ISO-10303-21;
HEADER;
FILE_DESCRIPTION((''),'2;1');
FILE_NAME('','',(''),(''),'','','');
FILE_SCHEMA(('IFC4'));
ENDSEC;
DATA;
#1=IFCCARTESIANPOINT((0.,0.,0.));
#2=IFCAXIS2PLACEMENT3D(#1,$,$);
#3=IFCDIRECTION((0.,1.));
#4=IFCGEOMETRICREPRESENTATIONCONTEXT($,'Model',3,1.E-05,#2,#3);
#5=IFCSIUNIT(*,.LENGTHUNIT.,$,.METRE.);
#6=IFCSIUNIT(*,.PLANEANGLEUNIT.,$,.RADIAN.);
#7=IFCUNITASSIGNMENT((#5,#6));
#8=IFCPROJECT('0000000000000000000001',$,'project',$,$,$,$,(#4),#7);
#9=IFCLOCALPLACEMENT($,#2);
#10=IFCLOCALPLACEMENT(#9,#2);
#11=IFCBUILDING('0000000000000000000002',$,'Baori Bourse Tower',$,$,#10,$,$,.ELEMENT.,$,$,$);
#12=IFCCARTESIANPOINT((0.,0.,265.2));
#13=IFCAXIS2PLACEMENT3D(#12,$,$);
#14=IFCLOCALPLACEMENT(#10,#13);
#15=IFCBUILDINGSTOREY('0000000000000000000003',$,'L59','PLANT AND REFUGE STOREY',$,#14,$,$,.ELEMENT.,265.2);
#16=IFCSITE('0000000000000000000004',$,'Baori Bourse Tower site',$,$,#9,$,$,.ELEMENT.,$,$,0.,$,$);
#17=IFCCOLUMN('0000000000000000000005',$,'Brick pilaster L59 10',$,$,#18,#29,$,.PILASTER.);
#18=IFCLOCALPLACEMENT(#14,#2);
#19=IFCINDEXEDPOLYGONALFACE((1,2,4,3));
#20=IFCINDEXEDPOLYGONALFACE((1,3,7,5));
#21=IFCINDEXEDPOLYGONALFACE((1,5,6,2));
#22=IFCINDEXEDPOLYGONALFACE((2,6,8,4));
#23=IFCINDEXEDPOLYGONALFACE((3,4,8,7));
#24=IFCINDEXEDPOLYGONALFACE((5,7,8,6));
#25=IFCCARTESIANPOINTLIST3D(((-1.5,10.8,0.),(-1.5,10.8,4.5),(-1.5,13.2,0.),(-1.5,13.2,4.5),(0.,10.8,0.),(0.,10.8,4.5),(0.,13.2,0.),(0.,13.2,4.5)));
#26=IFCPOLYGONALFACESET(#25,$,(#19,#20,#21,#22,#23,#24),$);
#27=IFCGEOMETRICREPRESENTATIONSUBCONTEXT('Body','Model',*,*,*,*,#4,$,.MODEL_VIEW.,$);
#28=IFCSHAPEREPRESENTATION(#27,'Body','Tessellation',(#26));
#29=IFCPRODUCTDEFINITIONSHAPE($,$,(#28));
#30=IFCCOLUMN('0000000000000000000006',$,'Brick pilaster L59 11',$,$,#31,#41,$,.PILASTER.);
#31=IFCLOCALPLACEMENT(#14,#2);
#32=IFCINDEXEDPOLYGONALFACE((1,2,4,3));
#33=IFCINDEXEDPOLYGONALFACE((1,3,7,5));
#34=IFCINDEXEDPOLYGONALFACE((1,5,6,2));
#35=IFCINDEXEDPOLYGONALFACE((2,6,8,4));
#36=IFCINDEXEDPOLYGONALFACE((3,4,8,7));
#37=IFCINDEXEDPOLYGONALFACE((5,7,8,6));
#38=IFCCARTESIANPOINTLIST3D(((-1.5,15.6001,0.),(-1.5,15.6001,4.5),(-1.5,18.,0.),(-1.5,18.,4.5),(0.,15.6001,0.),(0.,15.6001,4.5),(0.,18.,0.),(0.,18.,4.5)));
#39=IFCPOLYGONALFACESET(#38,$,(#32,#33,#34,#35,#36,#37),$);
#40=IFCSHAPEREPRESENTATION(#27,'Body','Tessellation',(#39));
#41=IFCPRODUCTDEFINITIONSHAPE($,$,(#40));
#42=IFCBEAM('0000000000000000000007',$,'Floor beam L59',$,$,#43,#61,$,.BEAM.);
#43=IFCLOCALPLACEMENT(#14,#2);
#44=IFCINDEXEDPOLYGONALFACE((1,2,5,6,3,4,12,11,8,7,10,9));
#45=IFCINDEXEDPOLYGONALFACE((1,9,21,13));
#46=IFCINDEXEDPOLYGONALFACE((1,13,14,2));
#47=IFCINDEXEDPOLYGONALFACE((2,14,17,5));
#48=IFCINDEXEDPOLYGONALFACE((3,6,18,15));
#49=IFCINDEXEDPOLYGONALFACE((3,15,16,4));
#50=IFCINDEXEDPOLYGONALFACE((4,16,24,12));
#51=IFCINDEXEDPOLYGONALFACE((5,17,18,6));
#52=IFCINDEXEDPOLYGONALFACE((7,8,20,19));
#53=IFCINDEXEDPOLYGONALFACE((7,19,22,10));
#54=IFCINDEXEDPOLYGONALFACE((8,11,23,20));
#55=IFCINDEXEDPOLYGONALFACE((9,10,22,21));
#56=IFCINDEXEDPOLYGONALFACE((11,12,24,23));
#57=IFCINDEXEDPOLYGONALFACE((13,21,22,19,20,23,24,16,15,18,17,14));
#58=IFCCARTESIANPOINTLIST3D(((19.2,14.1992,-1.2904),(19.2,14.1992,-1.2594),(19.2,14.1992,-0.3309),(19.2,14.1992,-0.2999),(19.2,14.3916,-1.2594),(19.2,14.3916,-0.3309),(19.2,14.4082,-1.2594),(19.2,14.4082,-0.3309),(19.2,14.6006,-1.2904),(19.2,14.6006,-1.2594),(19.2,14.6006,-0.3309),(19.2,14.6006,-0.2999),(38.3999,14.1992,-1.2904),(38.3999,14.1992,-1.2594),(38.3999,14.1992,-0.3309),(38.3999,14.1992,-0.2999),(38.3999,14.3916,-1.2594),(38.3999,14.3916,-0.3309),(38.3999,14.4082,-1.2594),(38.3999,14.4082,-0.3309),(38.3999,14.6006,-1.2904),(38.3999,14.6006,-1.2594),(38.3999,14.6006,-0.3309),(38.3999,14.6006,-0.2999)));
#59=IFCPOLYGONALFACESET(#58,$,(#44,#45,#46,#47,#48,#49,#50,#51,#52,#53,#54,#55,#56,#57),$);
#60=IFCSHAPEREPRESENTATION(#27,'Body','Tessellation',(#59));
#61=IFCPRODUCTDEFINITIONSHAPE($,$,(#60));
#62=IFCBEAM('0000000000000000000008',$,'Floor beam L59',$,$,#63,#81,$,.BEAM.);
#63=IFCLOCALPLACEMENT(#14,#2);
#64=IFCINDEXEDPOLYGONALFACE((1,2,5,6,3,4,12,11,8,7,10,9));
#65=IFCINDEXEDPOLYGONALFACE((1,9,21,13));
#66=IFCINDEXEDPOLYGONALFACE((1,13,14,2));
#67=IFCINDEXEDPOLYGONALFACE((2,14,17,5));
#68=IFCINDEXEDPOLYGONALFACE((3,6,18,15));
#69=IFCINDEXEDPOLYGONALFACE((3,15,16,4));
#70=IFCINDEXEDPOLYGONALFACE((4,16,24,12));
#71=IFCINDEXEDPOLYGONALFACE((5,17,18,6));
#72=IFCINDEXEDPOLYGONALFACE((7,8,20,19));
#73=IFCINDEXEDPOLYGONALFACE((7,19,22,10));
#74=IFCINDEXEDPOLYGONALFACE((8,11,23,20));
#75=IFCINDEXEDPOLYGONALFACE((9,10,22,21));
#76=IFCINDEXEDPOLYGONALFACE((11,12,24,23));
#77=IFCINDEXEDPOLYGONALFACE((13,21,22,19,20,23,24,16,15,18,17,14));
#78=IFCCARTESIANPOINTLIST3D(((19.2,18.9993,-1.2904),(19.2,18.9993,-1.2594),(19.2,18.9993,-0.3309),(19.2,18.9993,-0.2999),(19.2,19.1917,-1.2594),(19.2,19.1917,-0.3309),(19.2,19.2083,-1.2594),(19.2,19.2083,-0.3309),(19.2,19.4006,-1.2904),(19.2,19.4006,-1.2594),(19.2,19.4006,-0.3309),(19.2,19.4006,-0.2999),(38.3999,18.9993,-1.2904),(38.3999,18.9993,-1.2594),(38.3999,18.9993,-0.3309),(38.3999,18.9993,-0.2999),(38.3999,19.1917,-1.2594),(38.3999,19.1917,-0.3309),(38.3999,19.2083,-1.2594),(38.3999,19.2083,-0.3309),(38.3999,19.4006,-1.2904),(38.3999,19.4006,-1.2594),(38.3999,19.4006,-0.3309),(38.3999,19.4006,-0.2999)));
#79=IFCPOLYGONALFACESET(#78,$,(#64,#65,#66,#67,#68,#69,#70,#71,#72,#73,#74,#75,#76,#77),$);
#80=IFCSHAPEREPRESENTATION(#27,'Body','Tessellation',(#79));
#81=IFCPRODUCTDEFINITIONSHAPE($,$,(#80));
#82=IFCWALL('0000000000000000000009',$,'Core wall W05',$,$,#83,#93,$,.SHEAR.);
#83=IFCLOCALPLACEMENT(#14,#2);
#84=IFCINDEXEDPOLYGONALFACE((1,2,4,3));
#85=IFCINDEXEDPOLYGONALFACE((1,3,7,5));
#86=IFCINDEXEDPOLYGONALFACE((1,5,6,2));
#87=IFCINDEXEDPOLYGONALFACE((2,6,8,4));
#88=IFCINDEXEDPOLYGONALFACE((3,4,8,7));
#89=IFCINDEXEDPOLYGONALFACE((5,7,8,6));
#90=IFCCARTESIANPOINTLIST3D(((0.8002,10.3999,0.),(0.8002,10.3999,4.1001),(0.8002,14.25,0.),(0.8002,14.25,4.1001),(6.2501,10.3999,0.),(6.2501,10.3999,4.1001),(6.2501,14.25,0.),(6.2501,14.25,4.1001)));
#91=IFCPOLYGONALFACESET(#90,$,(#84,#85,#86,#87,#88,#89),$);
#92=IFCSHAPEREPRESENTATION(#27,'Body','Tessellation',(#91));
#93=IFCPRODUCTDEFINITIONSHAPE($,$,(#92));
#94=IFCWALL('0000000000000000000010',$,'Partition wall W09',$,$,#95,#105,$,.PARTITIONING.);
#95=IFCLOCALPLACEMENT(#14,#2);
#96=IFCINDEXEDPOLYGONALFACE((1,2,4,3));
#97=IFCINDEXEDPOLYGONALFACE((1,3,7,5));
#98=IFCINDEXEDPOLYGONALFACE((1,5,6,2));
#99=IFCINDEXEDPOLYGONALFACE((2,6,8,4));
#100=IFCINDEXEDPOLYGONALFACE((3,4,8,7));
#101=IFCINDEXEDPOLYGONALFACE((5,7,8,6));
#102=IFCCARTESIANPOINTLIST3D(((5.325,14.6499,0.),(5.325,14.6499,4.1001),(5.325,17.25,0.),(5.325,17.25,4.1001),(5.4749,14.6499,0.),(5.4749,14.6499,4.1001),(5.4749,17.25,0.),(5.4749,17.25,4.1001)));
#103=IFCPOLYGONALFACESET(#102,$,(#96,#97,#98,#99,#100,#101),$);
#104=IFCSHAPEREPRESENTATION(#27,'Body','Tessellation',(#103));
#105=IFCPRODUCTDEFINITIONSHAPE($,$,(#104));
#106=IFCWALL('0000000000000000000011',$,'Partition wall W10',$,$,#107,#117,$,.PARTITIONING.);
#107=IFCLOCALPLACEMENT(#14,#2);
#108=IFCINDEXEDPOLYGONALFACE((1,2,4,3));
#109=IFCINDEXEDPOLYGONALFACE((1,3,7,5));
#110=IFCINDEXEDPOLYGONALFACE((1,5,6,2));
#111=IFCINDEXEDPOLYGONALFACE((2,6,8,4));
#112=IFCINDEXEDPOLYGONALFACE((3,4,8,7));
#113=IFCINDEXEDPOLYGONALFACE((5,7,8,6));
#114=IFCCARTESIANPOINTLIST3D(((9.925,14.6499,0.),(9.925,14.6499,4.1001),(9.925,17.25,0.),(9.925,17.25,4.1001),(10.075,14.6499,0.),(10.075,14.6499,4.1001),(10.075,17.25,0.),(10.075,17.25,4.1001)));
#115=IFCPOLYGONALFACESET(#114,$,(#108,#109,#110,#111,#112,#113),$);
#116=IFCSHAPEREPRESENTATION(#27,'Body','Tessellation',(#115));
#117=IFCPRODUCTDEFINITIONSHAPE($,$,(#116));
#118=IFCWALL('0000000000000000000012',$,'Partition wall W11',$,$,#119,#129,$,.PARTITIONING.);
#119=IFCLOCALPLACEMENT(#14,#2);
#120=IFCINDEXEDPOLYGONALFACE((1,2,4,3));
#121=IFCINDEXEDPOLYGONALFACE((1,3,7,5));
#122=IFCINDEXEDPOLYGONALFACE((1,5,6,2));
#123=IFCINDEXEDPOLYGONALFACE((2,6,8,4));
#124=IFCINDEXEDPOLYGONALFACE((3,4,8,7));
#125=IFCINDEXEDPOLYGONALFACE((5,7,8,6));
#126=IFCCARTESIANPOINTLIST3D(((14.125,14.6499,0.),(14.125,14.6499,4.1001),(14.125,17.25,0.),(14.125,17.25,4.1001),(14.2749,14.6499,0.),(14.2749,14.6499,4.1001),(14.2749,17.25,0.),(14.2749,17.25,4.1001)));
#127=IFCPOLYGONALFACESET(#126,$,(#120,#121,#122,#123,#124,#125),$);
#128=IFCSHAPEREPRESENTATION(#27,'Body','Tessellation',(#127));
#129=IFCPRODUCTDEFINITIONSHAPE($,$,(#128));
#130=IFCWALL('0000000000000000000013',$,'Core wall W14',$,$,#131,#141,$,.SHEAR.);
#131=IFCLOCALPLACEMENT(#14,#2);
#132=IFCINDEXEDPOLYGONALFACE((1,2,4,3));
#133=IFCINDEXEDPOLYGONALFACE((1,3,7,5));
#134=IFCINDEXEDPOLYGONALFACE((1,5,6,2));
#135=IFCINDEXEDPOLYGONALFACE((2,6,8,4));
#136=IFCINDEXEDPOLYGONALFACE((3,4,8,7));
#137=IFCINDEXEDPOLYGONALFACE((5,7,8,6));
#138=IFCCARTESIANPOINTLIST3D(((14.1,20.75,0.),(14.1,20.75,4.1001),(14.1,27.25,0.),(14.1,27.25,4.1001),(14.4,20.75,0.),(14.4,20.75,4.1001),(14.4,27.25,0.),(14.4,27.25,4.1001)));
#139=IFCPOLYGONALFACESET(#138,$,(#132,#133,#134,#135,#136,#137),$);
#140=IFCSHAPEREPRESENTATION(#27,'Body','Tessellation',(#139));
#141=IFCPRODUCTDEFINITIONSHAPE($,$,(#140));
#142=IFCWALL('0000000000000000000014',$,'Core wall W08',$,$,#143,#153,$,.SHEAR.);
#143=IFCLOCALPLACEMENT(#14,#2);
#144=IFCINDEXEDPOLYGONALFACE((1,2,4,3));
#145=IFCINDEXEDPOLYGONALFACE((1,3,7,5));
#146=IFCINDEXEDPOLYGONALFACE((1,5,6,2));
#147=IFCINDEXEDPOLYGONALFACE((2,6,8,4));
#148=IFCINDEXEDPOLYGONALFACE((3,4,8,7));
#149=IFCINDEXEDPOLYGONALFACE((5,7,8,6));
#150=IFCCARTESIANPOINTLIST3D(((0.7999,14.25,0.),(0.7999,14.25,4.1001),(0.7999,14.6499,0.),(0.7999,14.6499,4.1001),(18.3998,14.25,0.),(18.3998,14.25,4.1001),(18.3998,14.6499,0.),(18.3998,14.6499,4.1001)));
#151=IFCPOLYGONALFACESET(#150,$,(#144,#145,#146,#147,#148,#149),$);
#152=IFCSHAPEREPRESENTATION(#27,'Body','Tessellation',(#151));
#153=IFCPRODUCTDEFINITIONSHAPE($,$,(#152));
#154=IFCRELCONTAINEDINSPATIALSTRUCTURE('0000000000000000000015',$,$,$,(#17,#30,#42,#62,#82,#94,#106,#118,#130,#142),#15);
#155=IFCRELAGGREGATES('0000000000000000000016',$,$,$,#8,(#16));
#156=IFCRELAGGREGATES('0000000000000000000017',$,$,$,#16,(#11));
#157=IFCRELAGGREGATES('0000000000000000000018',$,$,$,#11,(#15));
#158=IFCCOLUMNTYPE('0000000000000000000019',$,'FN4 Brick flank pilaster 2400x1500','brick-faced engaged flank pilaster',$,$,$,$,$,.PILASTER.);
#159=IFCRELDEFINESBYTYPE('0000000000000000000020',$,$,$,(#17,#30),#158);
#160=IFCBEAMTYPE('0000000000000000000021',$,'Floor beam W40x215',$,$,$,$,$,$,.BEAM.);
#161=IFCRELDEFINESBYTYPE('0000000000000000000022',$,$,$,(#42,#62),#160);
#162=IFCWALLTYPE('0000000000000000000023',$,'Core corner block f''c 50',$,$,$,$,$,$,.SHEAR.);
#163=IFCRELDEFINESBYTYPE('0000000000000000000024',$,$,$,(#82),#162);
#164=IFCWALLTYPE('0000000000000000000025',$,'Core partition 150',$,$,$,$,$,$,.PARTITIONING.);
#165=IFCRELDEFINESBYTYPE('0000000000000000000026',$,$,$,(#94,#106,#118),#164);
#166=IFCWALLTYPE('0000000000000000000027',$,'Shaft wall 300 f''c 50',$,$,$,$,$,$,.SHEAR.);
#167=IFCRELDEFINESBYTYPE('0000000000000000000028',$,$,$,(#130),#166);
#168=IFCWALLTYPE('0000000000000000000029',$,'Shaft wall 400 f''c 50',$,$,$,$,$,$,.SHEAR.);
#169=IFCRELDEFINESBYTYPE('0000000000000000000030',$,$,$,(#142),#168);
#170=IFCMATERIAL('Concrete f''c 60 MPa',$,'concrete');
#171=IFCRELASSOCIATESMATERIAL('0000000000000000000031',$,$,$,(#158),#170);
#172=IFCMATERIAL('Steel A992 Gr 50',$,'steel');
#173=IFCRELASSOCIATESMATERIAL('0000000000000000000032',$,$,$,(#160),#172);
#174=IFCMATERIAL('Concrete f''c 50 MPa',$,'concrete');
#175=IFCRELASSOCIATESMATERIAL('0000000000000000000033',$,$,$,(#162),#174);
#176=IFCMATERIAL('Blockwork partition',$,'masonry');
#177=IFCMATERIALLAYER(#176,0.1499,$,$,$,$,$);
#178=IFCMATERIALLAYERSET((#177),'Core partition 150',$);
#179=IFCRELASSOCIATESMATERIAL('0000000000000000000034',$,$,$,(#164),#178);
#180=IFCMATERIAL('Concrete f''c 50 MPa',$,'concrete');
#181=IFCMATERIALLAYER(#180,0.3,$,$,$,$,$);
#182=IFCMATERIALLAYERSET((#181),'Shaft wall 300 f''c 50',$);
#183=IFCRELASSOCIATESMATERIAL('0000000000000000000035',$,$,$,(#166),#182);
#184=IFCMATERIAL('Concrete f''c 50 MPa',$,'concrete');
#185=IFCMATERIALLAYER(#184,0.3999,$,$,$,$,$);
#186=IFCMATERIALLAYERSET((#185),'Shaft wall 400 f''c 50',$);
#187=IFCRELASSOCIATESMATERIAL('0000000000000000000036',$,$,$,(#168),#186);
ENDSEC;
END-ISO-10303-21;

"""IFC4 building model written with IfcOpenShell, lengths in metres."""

from ifc_helpers import new_model, si_unit, direction, frame, frame_2d, origin, origin_2d, place, context, subcontext, project, spatial, rectangle, i_section, extrude, material, layer, layer_set, material_profile, profile_set, type_object, element, save


model = new_model("IFC4")

# Units and contexts
model_context = context("Model", 3, precision=1e-05, world=origin(), true_north=direction((0.0, 1.0)))
body_context = subcontext(model_context, "Body", "Model", "MODEL_VIEW")
ifc_project = project(units=[si_unit("LENGTHUNIT", "METRE"), si_unit("PLANEANGLEUNIT", "RADIAN")], contexts=[model_context])

# Site, building, storey
site_placement = place(None, origin())
site = spatial("IfcSite", under=ifc_project, at=site_placement, Name="Baori Bourse Tower site", CompositionType="ELEMENT", RefElevation=0.0)
building_placement = place(site_placement, origin())
building = spatial("IfcBuilding", under=site, at=building_placement, Name="Baori Bourse Tower", CompositionType="ELEMENT")
storey_placement = place(building_placement, frame((0.0, 0.0, 265.2)))
storey = spatial("IfcBuildingStorey", under=building, at=storey_placement, Name="L59", Description="PLANT AND REFUGE STOREY", CompositionType="ELEMENT", Elevation=265.2)

# Columns
ifc_material_1 = material(Name="Concrete f'c 60 MPa", Category="concrete")
ifc_material_profile_1 = material_profile(ifc_material_1, rectangle(XDim=2.3999, YDim=1.5, at=origin_2d()), Name="RC 2400x1500")
ifc_profile_set_1 = profile_set([ifc_material_profile_1], Name="Concrete f'c 60 MPa")
column_type = type_object("IfcColumnType", Name="FN4 Brick flank pilaster 2400x1500", Description="brick-faced engaged flank pilaster", PredefinedType="PILASTER", material=ifc_profile_set_1)
for number, where, z_axis, x_axis, name in (
    (1, (-0.75, 12.0, 0.0), (0.0, 0.0, 1.0), (0.0, 1.0, 0.0), "Brick pilaster L59 10"),
    (2, (-0.75, 16.8, 0.0), (0.0, 0.0, 1.0), (0.0, 1.0, 0.0), "Brick pilaster L59 11"),
):
    element("IfcColumn", number, at=place(storey_placement, frame(where, z_axis=z_axis, x_axis=x_axis)), inside=storey, type_object=column_type, Name=name, PredefinedType="PILASTER", context=body_context, shape_type="SweptSolid", body=[
        extrude(rectangle(XDim=2.3999, YDim=1.5, at=origin_2d()), origin(), (0.0, 0.0, 1.0), 4.5),
    ])

# Beams
ifc_material_2 = material(Name="Steel A992 Gr 50", Category="steel")
ifc_material_profile_2 = material_profile(ifc_material_2, i_section(OverallWidth=0.4014, OverallDepth=0.9905, WebThickness=0.0166, FlangeThickness=0.031, at=origin_2d()), Name="W40x215")
ifc_profile_set_2 = profile_set([ifc_material_profile_2], Name="Steel A992 Gr 50")
beam_type = type_object("IfcBeamType", Name="Floor beam W40x215", PredefinedType="BEAM", material=ifc_profile_set_2)
for number, where, z_axis, x_axis, name in (
    (3, (19.2, 14.3999, -0.7952), (1.0, 0.0, 0.0), (0.0, 1.0, 0.0), "Floor beam L59"),
    (4, (19.2, 19.2, -0.7952), (1.0, 0.0, 0.0), (0.0, 1.0, 0.0), "Floor beam L59"),
):
    element("IfcBeam", number, at=place(storey_placement, frame(where, z_axis=z_axis, x_axis=x_axis)), inside=storey, type_object=beam_type, Name=name, PredefinedType="BEAM", context=body_context, shape_type="SweptSolid", body=[
        extrude(i_section(OverallWidth=0.4014, OverallDepth=0.9905, WebThickness=0.0166, FlangeThickness=0.031, at=origin_2d()), origin(), (0.0, 0.0, 1.0), 19.2),
    ])

# Walls
ifc_material_3 = material(Name="Concrete f'c 50 MPa", Category="concrete")
wall_type_1 = type_object("IfcWallType", Name="Core corner block f'c 50", PredefinedType="SHEAR", material=ifc_material_3)
wall_1_placement = place(storey_placement, frame((0.8, 12.325, 0.0), z_axis=(0.0, 0.0, 1.0), x_axis=(1.0, 0.0, 0.0)))
element("IfcWall", 5, at=wall_1_placement, inside=storey, type_object=wall_type_1, Name="Core wall W05", PredefinedType="SHEAR", context=body_context, shape_type="SweptSolid", body=[
    extrude(rectangle(XDim=5.45, YDim=3.8501, at=frame_2d((2.7251, 0.0))), origin(), (0.0, 0.0, 1.0), 4.1001),
])
ifc_material_4 = material(Name="Blockwork partition", Category="masonry")
ifc_layer_1 = layer(ifc_material_4, 0.1499)
ifc_layer_set_1 = layer_set([ifc_layer_1], Name="Core partition 150")
wall_type_2 = type_object("IfcWallType", Name="Core partition 150", PredefinedType="PARTITIONING", material=ifc_layer_set_1)
for number, where, z_axis, x_axis, name in (
    (6, (5.3999, 14.6499, 0.0), (0.0, 0.0, 1.0), (0.0, 1.0, 0.0), "Partition wall W09"),
    (7, (10.0, 14.6499, 0.0), (0.0, 0.0, 1.0), (0.0, 1.0, 0.0), "Partition wall W10"),
    (8, (14.2, 14.6499, 0.0), (0.0, 0.0, 1.0), (0.0, 1.0, 0.0), "Partition wall W11"),
):
    element("IfcWall", number, at=place(storey_placement, frame(where, z_axis=z_axis, x_axis=x_axis)), inside=storey, type_object=wall_type_2, Name=name, PredefinedType="PARTITIONING", context=body_context, shape_type="SweptSolid", body=[
        extrude(rectangle(XDim=2.6001, YDim=0.1499, at=frame_2d((1.3, 0.0))), origin(), (0.0, 0.0, 1.0), 4.1001),
    ])
ifc_material_5 = material(Name="Concrete f'c 50 MPa", Category="concrete")
ifc_layer_2 = layer(ifc_material_5, 0.3)
ifc_layer_set_2 = layer_set([ifc_layer_2], Name="Shaft wall 300 f'c 50")
wall_type_3 = type_object("IfcWallType", Name="Shaft wall 300 f'c 50", PredefinedType="SHEAR", material=ifc_layer_set_2)
wall_2_placement = place(storey_placement, frame((14.25, 20.75, 0.0), z_axis=(0.0, 0.0, 1.0), x_axis=(0.0, 1.0, 0.0)))
element("IfcWall", 9, at=wall_2_placement, inside=storey, type_object=wall_type_3, Name="Core wall W14", PredefinedType="SHEAR", context=body_context, shape_type="SweptSolid", body=[
    extrude(rectangle(XDim=6.5, YDim=0.3, at=frame_2d((3.25, 0.0))), origin(), (0.0, 0.0, 1.0), 4.1001),
])
ifc_material_6 = material(Name="Concrete f'c 50 MPa", Category="concrete")
ifc_layer_3 = layer(ifc_material_6, 0.3999)
ifc_layer_set_3 = layer_set([ifc_layer_3], Name="Shaft wall 400 f'c 50")
wall_type_4 = type_object("IfcWallType", Name="Shaft wall 400 f'c 50", PredefinedType="SHEAR", material=ifc_layer_set_3)
wall_3_placement = place(storey_placement, frame((0.8, 14.45, 0.0), z_axis=(0.0, 0.0, 1.0), x_axis=(1.0, 0.0, 0.0)))
element("IfcWall", 10, at=wall_3_placement, inside=storey, type_object=wall_type_4, Name="Core wall W08", PredefinedType="SHEAR", context=body_context, shape_type="SweptSolid", body=[
    extrude(rectangle(XDim=17.5999, YDim=0.3999, at=frame_2d((8.7998, 0.0))), origin(), (0.0, 0.0, 1.0), 4.1001),
])

save(model, "model.ifc")
